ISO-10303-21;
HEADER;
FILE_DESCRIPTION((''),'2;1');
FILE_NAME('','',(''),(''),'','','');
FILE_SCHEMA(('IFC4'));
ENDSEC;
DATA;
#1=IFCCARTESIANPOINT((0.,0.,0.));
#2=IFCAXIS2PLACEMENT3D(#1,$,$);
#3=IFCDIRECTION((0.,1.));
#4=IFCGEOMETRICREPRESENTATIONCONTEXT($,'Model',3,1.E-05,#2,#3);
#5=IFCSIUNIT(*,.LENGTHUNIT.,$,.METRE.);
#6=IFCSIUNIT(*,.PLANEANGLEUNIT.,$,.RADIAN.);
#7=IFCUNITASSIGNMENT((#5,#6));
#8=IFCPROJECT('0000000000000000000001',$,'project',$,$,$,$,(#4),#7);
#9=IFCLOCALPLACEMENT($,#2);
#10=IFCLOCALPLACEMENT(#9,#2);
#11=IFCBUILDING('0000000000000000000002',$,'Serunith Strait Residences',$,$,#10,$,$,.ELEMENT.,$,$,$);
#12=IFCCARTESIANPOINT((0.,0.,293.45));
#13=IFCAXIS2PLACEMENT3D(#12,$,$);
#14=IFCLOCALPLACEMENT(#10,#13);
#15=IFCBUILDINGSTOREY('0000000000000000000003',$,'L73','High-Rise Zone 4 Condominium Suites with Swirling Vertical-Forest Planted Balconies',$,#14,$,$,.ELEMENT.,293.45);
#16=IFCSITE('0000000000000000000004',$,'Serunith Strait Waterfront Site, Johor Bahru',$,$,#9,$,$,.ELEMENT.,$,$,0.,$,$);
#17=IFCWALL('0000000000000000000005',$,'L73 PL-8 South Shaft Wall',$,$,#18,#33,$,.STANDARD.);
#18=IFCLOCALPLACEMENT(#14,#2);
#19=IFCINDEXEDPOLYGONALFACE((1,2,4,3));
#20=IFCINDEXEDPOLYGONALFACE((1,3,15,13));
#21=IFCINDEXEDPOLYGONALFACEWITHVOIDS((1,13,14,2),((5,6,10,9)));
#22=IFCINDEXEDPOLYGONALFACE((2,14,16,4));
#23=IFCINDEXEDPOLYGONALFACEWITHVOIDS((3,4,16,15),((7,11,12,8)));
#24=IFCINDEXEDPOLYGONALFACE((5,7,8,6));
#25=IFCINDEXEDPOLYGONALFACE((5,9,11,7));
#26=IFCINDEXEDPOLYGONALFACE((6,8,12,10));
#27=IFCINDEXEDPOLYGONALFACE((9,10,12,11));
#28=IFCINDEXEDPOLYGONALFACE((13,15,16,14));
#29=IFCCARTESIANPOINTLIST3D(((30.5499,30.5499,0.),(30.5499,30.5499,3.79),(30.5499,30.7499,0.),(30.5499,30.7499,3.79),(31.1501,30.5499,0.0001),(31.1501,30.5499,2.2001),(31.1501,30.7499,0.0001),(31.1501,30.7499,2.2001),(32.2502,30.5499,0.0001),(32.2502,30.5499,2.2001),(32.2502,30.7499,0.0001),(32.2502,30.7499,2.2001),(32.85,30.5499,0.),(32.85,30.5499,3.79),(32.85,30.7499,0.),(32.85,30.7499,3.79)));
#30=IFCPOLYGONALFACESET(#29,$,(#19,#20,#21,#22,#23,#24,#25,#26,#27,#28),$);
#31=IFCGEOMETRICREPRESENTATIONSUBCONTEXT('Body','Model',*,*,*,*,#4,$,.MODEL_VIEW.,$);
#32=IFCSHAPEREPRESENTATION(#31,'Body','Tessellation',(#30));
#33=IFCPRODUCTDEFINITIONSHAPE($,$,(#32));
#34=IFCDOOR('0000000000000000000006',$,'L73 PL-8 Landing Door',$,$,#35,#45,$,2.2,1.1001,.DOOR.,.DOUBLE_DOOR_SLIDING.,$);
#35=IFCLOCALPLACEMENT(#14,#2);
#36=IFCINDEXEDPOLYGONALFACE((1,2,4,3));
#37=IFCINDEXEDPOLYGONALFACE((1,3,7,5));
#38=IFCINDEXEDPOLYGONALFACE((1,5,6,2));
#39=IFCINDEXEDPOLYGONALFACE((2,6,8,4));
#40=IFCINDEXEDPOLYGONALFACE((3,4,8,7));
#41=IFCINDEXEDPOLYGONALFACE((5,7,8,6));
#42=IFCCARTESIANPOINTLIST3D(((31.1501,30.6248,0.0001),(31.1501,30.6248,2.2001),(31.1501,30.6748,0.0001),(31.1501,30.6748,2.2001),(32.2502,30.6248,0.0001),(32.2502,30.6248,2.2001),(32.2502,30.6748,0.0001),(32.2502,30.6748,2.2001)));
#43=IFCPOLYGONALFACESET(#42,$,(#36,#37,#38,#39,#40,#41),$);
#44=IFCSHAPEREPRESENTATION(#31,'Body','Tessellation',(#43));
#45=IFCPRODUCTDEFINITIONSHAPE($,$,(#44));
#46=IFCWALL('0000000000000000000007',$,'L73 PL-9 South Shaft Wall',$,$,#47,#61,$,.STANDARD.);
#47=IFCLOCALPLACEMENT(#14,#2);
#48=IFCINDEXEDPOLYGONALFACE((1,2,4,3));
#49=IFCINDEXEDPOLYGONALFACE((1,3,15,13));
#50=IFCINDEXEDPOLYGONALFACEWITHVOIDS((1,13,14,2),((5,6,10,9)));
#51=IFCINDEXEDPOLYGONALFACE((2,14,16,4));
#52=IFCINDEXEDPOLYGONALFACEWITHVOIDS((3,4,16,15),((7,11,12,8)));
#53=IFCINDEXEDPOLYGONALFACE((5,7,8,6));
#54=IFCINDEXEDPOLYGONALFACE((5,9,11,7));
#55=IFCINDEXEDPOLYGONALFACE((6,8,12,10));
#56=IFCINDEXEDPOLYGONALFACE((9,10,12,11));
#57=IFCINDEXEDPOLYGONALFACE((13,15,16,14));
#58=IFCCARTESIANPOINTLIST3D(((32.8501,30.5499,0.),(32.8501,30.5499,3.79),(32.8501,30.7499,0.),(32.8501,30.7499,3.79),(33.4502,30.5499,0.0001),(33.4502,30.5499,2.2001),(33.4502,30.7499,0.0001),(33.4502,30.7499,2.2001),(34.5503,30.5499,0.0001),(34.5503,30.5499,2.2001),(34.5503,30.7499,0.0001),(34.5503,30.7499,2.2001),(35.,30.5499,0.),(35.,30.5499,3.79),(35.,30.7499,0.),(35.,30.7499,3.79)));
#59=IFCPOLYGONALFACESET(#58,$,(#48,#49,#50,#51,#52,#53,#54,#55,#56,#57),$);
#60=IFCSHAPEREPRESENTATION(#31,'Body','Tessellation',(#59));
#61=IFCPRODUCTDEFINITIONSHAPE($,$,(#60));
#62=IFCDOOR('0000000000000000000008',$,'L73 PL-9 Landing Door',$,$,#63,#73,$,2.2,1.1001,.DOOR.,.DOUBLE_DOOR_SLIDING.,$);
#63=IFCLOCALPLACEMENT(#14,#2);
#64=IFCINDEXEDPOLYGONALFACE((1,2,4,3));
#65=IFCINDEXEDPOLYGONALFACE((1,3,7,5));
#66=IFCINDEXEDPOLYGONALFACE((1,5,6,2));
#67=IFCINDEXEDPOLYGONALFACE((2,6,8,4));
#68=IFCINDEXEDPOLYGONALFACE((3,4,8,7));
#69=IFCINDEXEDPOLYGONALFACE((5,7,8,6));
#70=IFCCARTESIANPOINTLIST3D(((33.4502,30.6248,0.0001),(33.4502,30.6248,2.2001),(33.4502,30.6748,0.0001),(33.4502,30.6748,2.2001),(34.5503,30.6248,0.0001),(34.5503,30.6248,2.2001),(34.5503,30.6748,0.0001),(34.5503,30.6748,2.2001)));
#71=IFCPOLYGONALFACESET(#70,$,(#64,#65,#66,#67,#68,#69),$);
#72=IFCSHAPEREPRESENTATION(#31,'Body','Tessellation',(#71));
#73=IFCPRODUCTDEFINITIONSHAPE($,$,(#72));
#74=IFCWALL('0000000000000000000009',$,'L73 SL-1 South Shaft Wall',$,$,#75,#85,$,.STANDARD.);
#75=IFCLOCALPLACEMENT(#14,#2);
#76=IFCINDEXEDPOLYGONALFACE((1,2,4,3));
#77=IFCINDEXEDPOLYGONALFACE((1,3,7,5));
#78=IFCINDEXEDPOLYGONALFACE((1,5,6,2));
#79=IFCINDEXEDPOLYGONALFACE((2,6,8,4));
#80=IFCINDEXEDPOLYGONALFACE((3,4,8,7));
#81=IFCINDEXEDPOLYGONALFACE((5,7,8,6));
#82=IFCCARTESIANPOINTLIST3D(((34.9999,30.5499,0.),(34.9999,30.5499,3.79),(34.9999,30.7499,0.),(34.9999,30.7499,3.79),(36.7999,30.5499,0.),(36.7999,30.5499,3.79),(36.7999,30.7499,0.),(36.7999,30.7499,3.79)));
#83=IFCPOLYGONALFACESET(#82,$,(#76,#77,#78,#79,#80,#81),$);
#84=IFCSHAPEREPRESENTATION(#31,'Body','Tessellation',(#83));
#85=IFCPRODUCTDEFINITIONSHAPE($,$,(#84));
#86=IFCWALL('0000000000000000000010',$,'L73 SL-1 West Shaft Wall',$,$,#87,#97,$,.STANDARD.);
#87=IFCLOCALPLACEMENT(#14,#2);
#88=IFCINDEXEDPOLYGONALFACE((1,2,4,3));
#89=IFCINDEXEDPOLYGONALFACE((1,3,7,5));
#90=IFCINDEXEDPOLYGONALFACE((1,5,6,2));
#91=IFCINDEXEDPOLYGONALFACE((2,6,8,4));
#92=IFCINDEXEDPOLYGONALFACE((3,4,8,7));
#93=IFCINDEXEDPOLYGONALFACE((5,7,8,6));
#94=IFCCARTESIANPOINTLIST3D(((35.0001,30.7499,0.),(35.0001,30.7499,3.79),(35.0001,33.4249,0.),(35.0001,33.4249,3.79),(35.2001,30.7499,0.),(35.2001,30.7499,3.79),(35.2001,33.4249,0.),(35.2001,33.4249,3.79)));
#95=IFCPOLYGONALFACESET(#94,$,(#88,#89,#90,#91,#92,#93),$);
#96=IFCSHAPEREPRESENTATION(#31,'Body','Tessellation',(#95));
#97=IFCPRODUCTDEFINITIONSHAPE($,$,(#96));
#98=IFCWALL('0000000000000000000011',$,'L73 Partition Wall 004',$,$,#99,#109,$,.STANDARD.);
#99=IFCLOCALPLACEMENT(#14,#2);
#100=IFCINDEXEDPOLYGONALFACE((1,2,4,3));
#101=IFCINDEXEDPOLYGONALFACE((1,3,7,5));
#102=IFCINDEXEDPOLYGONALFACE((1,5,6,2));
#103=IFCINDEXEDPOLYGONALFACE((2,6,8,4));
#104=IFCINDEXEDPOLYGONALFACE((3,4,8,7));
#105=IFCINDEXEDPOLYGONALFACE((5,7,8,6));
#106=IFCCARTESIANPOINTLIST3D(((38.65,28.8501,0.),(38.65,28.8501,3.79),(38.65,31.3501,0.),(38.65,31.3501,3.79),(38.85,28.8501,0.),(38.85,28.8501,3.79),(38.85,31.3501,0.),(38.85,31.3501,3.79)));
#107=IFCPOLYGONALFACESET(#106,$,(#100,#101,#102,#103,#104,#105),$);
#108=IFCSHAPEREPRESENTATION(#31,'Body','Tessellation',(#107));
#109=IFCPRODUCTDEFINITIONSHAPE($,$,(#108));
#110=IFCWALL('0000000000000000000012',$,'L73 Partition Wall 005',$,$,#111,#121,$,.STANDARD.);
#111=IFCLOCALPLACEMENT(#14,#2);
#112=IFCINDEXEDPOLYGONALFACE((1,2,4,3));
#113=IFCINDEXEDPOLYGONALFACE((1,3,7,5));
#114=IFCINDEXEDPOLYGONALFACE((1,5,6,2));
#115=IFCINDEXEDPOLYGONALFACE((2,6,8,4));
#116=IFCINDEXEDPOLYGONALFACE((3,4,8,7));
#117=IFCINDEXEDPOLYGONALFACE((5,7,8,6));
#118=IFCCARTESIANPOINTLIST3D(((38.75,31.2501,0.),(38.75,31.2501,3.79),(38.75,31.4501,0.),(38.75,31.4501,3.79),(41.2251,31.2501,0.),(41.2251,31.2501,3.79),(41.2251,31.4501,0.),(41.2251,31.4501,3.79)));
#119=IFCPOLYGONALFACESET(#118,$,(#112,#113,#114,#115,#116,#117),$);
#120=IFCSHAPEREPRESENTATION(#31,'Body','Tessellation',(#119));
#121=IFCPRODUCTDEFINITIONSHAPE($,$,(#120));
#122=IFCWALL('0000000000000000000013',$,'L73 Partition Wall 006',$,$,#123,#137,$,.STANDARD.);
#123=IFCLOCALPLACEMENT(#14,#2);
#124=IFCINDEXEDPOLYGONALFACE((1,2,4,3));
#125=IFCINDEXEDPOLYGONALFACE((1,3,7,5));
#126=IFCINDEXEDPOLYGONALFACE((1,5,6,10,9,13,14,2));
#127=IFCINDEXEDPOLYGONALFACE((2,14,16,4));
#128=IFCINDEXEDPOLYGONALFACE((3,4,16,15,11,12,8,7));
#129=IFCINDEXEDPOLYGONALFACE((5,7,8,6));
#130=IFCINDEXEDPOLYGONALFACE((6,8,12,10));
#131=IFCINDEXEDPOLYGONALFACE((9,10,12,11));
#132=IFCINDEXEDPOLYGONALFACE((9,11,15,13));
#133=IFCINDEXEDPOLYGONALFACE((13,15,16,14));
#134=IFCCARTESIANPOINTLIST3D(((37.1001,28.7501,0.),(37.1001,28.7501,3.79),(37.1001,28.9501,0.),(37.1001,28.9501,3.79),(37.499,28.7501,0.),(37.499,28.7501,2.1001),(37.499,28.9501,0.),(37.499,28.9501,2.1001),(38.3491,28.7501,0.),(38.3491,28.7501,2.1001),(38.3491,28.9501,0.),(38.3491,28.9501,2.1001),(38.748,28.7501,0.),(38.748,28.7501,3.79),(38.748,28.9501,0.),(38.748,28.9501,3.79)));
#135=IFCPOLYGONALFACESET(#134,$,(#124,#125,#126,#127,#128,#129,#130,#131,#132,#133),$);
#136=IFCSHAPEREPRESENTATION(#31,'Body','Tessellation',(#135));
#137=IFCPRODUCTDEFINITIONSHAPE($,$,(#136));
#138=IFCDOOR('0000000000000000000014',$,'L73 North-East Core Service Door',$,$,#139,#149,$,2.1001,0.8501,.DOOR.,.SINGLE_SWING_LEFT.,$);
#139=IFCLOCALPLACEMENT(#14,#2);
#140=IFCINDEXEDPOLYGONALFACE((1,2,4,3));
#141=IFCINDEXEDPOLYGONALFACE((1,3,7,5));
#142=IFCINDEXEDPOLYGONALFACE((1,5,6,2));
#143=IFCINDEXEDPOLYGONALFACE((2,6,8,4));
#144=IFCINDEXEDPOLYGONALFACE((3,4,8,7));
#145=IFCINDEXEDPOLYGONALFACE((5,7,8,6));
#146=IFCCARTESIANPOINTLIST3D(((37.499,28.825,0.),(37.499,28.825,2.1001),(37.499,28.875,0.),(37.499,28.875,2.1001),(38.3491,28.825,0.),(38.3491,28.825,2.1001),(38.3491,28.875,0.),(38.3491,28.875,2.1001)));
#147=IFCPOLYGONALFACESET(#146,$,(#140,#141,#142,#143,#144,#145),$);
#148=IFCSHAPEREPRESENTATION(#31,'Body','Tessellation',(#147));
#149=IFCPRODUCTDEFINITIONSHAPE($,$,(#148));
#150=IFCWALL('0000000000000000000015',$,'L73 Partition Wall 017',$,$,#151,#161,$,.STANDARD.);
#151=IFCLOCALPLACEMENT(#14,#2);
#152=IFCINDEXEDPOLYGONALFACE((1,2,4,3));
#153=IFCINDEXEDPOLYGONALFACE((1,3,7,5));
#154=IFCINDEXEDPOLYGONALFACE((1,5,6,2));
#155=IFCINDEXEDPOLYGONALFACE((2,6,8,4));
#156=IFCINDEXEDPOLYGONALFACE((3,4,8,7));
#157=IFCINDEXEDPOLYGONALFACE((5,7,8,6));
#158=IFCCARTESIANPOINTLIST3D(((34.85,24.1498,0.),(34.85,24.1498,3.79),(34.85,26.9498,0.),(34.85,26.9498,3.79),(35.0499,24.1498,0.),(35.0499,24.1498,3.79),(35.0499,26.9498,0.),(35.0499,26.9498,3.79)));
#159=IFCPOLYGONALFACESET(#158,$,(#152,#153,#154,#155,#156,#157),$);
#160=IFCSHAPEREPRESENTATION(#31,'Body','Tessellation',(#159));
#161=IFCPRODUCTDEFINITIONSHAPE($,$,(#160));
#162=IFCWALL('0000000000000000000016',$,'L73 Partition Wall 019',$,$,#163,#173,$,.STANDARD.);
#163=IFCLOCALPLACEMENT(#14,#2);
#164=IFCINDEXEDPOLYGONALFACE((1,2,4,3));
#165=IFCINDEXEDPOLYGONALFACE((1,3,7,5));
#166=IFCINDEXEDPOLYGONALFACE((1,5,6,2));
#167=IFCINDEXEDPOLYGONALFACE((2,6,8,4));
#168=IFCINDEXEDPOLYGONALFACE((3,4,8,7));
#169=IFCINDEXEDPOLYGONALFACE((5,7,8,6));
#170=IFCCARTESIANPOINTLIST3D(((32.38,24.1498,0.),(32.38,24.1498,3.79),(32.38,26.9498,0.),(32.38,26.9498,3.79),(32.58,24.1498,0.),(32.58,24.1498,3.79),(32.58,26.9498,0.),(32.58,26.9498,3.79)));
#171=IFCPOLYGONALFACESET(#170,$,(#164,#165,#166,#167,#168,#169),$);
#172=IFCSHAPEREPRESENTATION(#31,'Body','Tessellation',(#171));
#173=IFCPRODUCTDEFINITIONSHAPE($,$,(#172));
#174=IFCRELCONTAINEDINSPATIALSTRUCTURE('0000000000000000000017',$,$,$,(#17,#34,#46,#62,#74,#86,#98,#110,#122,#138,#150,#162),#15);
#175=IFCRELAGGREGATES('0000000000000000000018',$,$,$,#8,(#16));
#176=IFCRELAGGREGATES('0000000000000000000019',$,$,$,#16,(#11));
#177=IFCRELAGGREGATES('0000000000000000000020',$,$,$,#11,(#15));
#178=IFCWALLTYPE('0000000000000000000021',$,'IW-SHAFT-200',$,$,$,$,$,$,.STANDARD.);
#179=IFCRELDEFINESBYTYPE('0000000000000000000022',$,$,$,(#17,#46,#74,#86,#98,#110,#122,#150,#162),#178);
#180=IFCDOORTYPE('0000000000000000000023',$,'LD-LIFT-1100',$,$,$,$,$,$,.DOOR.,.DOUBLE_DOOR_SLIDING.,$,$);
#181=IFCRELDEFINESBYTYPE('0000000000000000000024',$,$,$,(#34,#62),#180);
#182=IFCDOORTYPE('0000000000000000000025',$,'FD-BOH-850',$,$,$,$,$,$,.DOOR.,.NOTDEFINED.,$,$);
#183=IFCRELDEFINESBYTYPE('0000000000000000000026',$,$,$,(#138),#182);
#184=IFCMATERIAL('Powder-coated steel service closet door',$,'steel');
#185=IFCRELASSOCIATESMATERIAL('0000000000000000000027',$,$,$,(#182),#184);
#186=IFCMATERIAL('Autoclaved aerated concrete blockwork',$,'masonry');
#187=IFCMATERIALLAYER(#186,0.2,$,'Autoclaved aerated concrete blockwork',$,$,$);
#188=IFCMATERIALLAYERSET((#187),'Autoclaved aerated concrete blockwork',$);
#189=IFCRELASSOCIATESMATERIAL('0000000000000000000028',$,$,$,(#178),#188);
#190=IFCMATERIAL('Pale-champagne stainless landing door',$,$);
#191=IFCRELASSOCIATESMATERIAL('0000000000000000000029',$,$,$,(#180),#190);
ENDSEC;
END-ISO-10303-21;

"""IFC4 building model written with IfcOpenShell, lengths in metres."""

from ifc_helpers import new_model, si_unit, direction, frame, frame_2d, origin, place, context, subcontext, project, spatial, rectangle, extrude, source, transform, mapped, material, layer, layer_set, type_object, element, fill, save


model = new_model("IFC4")

# Units and contexts
model_context = context("Model", 3, precision=1e-05, world=origin(), true_north=direction((0.0, 1.0)))
body_context = subcontext(model_context, "Body", "Model", "MODEL_VIEW")
ifc_project = project(units=[si_unit("LENGTHUNIT", "METRE"), si_unit("PLANEANGLEUNIT", "RADIAN")], contexts=[model_context])

# Site, building, storey
site_placement = place(None, origin())
site = spatial("IfcSite", under=ifc_project, at=site_placement, Name="Serunith Strait Waterfront Site, Johor Bahru", CompositionType="ELEMENT", RefElevation=0.0)
building_placement = place(site_placement, origin())
building = spatial("IfcBuilding", under=site, at=building_placement, Name="Serunith Strait Residences", CompositionType="ELEMENT")
storey_placement = place(building_placement, frame((0.0, 0.0, 293.45)))
storey = spatial("IfcBuildingStorey", under=building, at=storey_placement, Name="L73", Description="High-Rise Zone 4 Condominium Suites with Swirling Vertical-Forest Planted Balconies", CompositionType="ELEMENT", Elevation=293.45)

# Walls, openings, doors
ifc_material_1 = material(Name="Powder-coated steel service closet door", Category="steel")
door_type_1 = type_object("IfcDoorType", Name="FD-BOH-850", OperationType="NOTDEFINED", PredefinedType="DOOR", material=ifc_material_1)
shared_shape_1 = source(origin(), body_context, "Body", "SweptSolid", [
    extrude(rectangle(XDim=0.8501, YDim=2.1001, at=frame_2d((0.425, 1.05))), frame((0.0, 0.0249, 0.0), z_axis=(0.0, -1.0, 0.0), x_axis=(1.0, 0.0, 0.0)), (0.0, 0.0, 1.0), 0.05),
])
ifc_material_2 = material(Name="Autoclaved aerated concrete blockwork", Category="masonry")
ifc_layer_1 = layer(ifc_material_2, 0.2, Name="Autoclaved aerated concrete blockwork")
ifc_layer_set_1 = layer_set([ifc_layer_1], Name="Autoclaved aerated concrete blockwork")
wall_type_1 = type_object("IfcWallType", Name="IW-SHAFT-200", PredefinedType="STANDARD", material=ifc_layer_set_1)
wall_1_placement = place(storey_placement, frame((30.55, 30.6499, 0.0), z_axis=(0.0, 0.0, 1.0), x_axis=(1.0, 0.0, 0.0)))
wall_1 = element("IfcWall", 1, at=wall_1_placement, inside=storey, type_object=wall_type_1, Name="L73 PL-8 South Shaft Wall", PredefinedType="STANDARD", context=body_context, shape_type="SweptSolid", body=[
    extrude(rectangle(XDim=2.3, YDim=0.2, at=frame_2d((1.1499, 0.0))), origin(), (0.0, 0.0, 1.0), 3.79),
])
opening_1_placement = place(wall_1_placement, frame((0.6001, 0.0, 0.0)))
opening_1 = element("IfcOpeningElement", 2, at=opening_1_placement, cuts=wall_1, PredefinedType="OPENING", context=body_context, shape_type="SweptSolid", body=[
    extrude(rectangle(XDim=1.1001, YDim=2.2, at=frame_2d((0.55, 1.1001))), frame((0.0, 0.1099, 0.0), z_axis=(0.0, -1.0, 0.0), x_axis=(1.0, 0.0, 0.0)), (0.0, 0.0, 1.0), 0.22),
])
ifc_material_3 = material(Name="Pale-champagne stainless landing door")
door_type_2 = type_object("IfcDoorType", Name="LD-LIFT-1100", OperationType="DOUBLE_DOOR_SLIDING", PredefinedType="DOOR", material=ifc_material_3)
shared_shape_2 = source(origin(), body_context, "Body", "SweptSolid", [
    extrude(rectangle(XDim=1.1001, YDim=2.2, at=frame_2d((0.55, 1.1001))), frame((0.0, 0.0249, 0.0), z_axis=(0.0, -1.0, 0.0), x_axis=(1.0, 0.0, 0.0)), (0.0, 0.0, 1.0), 0.05),
])
door_1_placement = place(opening_1_placement, origin())
door_1 = element("IfcDoor", 3, at=door_1_placement, inside=storey, type_object=door_type_2, Name="L73 PL-8 Landing Door", OperationType="DOUBLE_DOOR_SLIDING", OverallHeight=2.2, OverallWidth=1.1001, PredefinedType="DOOR", context=body_context, shape_type="MappedRepresentation", body=[
    mapped(shared_shape_2, transform((0.0, 0.0, 0.0), scale=1.0)),
])
fill(opening_1, door_1)
wall_2_placement = place(storey_placement, frame((32.8501, 30.6499, 0.0), z_axis=(0.0, 0.0, 1.0), x_axis=(1.0, 0.0, 0.0)))
wall_2 = element("IfcWall", 4, at=wall_2_placement, inside=storey, type_object=wall_type_1, Name="L73 PL-9 South Shaft Wall", PredefinedType="STANDARD", context=body_context, shape_type="SweptSolid", body=[
    extrude(rectangle(XDim=2.1499, YDim=0.2, at=frame_2d((1.075, 0.0))), origin(), (0.0, 0.0, 1.0), 3.79),
])
opening_2_placement = place(wall_2_placement, frame((0.6001, 0.0, 0.0)))
opening_2 = element("IfcOpeningElement", 5, at=opening_2_placement, cuts=wall_2, PredefinedType="OPENING", context=body_context, shape_type="SweptSolid", body=[
    extrude(rectangle(XDim=1.1001, YDim=2.2, at=frame_2d((0.55, 1.1001))), frame((0.0, 0.1099, 0.0), z_axis=(0.0, -1.0, 0.0), x_axis=(1.0, 0.0, 0.0)), (0.0, 0.0, 1.0), 0.22),
])
door_2_placement = place(opening_2_placement, origin())
door_2 = element("IfcDoor", 6, at=door_2_placement, inside=storey, type_object=door_type_2, Name="L73 PL-9 Landing Door", OperationType="DOUBLE_DOOR_SLIDING", OverallHeight=2.2, OverallWidth=1.1001, PredefinedType="DOOR", context=body_context, shape_type="MappedRepresentation", body=[
    mapped(shared_shape_2, transform((0.0, 0.0, 0.0), scale=1.0)),
])
fill(opening_2, door_2)

# Walls
wall_3_placement = place(storey_placement, frame((35.0, 30.6499, 0.0), z_axis=(0.0, 0.0, 1.0), x_axis=(1.0, 0.0, 0.0)))
element("IfcWall", 7, at=wall_3_placement, inside=storey, type_object=wall_type_1, Name="L73 SL-1 South Shaft Wall", PredefinedType="STANDARD", context=body_context, shape_type="SweptSolid", body=[
    extrude(rectangle(XDim=1.8, YDim=0.2, at=frame_2d((0.8999, 0.0))), origin(), (0.0, 0.0, 1.0), 3.79),
])
wall_4_placement = place(storey_placement, frame((35.1001, 30.75, 0.0), z_axis=(0.0, 0.0, 1.0), x_axis=(0.0, 1.0, 0.0)))
element("IfcWall", 8, at=wall_4_placement, inside=storey, type_object=wall_type_1, Name="L73 SL-1 West Shaft Wall", PredefinedType="STANDARD", context=body_context, shape_type="SweptSolid", body=[
    extrude(rectangle(XDim=2.675, YDim=0.2, at=frame_2d((1.3374, 0.0))), origin(), (0.0, 0.0, 1.0), 3.79),
])
wall_5_placement = place(storey_placement, frame((38.75, 28.8501, 0.0), z_axis=(0.0, 0.0, 1.0), x_axis=(0.0, 1.0, 0.0)))
element("IfcWall", 9, at=wall_5_placement, inside=storey, type_object=wall_type_1, Name="L73 Partition Wall 004", PredefinedType="STANDARD", context=body_context, shape_type="SweptSolid", body=[
    extrude(rectangle(XDim=2.5, YDim=0.2, at=frame_2d((1.25, 0.0))), origin(), (0.0, 0.0, 1.0), 3.79),
])
wall_6_placement = place(storey_placement, frame((38.75, 31.3501, 0.0), z_axis=(0.0, 0.0, 1.0), x_axis=(1.0, 0.0, 0.0)))
element("IfcWall", 10, at=wall_6_placement, inside=storey, type_object=wall_type_1, Name="L73 Partition Wall 005", PredefinedType="STANDARD", context=body_context, shape_type="SweptSolid", body=[
    extrude(rectangle(XDim=2.4751, YDim=0.2, at=frame_2d((1.2375, 0.0))), origin(), (0.0, 0.0, 1.0), 3.79),
])

# Wall, opening, door
wall_7_placement = place(storey_placement, frame((37.1001, 28.8501, 0.0), z_axis=(0.0, 0.0, 1.0), x_axis=(1.0, 0.0, 0.0)))
wall_7 = element("IfcWall", 11, at=wall_7_placement, inside=storey, type_object=wall_type_1, Name="L73 Partition Wall 006", PredefinedType="STANDARD", context=body_context, shape_type="SweptSolid", body=[
    extrude(rectangle(XDim=1.6479, YDim=0.2, at=frame_2d((0.824, 0.0))), origin(), (0.0, 0.0, 1.0), 3.79),
])
opening_3_placement = place(wall_7_placement, frame((0.3989, 0.0, 0.0)))
opening_3 = element("IfcOpeningElement", 12, at=opening_3_placement, cuts=wall_7, PredefinedType="OPENING", context=body_context, shape_type="SweptSolid", body=[
    extrude(rectangle(XDim=0.8501, YDim=2.1001, at=frame_2d((0.425, 1.05))), frame((0.0, 0.1099, 0.0), z_axis=(0.0, -1.0, 0.0), x_axis=(1.0, 0.0, 0.0)), (0.0, 0.0, 1.0), 0.22),
])
door_3_placement = place(opening_3_placement, origin())
door_3 = element("IfcDoor", 13, at=door_3_placement, inside=storey, type_object=door_type_1, Name="L73 North-East Core Service Door", OperationType="SINGLE_SWING_LEFT", OverallHeight=2.1001, OverallWidth=0.8501, PredefinedType="DOOR", context=body_context, shape_type="MappedRepresentation", body=[
    mapped(shared_shape_1, transform((0.0, 0.0, 0.0), scale=1.0)),
])
fill(opening_3, door_3)

# Walls
for number, where, z_axis, x_axis, name in (
    (14, (34.95, 24.1499, 0.0), (0.0, 0.0, 1.0), (0.0, 1.0, 0.0), "L73 Partition Wall 017"),
    (15, (32.48, 24.1499, 0.0), (0.0, 0.0, 1.0), (0.0, 1.0, 0.0), "L73 Partition Wall 019"),
):
    element("IfcWall", number, at=place(storey_placement, frame(where, z_axis=z_axis, x_axis=x_axis)), inside=storey, type_object=wall_type_1, Name=name, PredefinedType="STANDARD", context=body_context, shape_type="SweptSolid", body=[
        extrude(rectangle(XDim=2.8, YDim=0.2, at=frame_2d((1.3999, 0.0))), origin(), (0.0, 0.0, 1.0), 3.79),
    ])

save(model, "model.ifc")
